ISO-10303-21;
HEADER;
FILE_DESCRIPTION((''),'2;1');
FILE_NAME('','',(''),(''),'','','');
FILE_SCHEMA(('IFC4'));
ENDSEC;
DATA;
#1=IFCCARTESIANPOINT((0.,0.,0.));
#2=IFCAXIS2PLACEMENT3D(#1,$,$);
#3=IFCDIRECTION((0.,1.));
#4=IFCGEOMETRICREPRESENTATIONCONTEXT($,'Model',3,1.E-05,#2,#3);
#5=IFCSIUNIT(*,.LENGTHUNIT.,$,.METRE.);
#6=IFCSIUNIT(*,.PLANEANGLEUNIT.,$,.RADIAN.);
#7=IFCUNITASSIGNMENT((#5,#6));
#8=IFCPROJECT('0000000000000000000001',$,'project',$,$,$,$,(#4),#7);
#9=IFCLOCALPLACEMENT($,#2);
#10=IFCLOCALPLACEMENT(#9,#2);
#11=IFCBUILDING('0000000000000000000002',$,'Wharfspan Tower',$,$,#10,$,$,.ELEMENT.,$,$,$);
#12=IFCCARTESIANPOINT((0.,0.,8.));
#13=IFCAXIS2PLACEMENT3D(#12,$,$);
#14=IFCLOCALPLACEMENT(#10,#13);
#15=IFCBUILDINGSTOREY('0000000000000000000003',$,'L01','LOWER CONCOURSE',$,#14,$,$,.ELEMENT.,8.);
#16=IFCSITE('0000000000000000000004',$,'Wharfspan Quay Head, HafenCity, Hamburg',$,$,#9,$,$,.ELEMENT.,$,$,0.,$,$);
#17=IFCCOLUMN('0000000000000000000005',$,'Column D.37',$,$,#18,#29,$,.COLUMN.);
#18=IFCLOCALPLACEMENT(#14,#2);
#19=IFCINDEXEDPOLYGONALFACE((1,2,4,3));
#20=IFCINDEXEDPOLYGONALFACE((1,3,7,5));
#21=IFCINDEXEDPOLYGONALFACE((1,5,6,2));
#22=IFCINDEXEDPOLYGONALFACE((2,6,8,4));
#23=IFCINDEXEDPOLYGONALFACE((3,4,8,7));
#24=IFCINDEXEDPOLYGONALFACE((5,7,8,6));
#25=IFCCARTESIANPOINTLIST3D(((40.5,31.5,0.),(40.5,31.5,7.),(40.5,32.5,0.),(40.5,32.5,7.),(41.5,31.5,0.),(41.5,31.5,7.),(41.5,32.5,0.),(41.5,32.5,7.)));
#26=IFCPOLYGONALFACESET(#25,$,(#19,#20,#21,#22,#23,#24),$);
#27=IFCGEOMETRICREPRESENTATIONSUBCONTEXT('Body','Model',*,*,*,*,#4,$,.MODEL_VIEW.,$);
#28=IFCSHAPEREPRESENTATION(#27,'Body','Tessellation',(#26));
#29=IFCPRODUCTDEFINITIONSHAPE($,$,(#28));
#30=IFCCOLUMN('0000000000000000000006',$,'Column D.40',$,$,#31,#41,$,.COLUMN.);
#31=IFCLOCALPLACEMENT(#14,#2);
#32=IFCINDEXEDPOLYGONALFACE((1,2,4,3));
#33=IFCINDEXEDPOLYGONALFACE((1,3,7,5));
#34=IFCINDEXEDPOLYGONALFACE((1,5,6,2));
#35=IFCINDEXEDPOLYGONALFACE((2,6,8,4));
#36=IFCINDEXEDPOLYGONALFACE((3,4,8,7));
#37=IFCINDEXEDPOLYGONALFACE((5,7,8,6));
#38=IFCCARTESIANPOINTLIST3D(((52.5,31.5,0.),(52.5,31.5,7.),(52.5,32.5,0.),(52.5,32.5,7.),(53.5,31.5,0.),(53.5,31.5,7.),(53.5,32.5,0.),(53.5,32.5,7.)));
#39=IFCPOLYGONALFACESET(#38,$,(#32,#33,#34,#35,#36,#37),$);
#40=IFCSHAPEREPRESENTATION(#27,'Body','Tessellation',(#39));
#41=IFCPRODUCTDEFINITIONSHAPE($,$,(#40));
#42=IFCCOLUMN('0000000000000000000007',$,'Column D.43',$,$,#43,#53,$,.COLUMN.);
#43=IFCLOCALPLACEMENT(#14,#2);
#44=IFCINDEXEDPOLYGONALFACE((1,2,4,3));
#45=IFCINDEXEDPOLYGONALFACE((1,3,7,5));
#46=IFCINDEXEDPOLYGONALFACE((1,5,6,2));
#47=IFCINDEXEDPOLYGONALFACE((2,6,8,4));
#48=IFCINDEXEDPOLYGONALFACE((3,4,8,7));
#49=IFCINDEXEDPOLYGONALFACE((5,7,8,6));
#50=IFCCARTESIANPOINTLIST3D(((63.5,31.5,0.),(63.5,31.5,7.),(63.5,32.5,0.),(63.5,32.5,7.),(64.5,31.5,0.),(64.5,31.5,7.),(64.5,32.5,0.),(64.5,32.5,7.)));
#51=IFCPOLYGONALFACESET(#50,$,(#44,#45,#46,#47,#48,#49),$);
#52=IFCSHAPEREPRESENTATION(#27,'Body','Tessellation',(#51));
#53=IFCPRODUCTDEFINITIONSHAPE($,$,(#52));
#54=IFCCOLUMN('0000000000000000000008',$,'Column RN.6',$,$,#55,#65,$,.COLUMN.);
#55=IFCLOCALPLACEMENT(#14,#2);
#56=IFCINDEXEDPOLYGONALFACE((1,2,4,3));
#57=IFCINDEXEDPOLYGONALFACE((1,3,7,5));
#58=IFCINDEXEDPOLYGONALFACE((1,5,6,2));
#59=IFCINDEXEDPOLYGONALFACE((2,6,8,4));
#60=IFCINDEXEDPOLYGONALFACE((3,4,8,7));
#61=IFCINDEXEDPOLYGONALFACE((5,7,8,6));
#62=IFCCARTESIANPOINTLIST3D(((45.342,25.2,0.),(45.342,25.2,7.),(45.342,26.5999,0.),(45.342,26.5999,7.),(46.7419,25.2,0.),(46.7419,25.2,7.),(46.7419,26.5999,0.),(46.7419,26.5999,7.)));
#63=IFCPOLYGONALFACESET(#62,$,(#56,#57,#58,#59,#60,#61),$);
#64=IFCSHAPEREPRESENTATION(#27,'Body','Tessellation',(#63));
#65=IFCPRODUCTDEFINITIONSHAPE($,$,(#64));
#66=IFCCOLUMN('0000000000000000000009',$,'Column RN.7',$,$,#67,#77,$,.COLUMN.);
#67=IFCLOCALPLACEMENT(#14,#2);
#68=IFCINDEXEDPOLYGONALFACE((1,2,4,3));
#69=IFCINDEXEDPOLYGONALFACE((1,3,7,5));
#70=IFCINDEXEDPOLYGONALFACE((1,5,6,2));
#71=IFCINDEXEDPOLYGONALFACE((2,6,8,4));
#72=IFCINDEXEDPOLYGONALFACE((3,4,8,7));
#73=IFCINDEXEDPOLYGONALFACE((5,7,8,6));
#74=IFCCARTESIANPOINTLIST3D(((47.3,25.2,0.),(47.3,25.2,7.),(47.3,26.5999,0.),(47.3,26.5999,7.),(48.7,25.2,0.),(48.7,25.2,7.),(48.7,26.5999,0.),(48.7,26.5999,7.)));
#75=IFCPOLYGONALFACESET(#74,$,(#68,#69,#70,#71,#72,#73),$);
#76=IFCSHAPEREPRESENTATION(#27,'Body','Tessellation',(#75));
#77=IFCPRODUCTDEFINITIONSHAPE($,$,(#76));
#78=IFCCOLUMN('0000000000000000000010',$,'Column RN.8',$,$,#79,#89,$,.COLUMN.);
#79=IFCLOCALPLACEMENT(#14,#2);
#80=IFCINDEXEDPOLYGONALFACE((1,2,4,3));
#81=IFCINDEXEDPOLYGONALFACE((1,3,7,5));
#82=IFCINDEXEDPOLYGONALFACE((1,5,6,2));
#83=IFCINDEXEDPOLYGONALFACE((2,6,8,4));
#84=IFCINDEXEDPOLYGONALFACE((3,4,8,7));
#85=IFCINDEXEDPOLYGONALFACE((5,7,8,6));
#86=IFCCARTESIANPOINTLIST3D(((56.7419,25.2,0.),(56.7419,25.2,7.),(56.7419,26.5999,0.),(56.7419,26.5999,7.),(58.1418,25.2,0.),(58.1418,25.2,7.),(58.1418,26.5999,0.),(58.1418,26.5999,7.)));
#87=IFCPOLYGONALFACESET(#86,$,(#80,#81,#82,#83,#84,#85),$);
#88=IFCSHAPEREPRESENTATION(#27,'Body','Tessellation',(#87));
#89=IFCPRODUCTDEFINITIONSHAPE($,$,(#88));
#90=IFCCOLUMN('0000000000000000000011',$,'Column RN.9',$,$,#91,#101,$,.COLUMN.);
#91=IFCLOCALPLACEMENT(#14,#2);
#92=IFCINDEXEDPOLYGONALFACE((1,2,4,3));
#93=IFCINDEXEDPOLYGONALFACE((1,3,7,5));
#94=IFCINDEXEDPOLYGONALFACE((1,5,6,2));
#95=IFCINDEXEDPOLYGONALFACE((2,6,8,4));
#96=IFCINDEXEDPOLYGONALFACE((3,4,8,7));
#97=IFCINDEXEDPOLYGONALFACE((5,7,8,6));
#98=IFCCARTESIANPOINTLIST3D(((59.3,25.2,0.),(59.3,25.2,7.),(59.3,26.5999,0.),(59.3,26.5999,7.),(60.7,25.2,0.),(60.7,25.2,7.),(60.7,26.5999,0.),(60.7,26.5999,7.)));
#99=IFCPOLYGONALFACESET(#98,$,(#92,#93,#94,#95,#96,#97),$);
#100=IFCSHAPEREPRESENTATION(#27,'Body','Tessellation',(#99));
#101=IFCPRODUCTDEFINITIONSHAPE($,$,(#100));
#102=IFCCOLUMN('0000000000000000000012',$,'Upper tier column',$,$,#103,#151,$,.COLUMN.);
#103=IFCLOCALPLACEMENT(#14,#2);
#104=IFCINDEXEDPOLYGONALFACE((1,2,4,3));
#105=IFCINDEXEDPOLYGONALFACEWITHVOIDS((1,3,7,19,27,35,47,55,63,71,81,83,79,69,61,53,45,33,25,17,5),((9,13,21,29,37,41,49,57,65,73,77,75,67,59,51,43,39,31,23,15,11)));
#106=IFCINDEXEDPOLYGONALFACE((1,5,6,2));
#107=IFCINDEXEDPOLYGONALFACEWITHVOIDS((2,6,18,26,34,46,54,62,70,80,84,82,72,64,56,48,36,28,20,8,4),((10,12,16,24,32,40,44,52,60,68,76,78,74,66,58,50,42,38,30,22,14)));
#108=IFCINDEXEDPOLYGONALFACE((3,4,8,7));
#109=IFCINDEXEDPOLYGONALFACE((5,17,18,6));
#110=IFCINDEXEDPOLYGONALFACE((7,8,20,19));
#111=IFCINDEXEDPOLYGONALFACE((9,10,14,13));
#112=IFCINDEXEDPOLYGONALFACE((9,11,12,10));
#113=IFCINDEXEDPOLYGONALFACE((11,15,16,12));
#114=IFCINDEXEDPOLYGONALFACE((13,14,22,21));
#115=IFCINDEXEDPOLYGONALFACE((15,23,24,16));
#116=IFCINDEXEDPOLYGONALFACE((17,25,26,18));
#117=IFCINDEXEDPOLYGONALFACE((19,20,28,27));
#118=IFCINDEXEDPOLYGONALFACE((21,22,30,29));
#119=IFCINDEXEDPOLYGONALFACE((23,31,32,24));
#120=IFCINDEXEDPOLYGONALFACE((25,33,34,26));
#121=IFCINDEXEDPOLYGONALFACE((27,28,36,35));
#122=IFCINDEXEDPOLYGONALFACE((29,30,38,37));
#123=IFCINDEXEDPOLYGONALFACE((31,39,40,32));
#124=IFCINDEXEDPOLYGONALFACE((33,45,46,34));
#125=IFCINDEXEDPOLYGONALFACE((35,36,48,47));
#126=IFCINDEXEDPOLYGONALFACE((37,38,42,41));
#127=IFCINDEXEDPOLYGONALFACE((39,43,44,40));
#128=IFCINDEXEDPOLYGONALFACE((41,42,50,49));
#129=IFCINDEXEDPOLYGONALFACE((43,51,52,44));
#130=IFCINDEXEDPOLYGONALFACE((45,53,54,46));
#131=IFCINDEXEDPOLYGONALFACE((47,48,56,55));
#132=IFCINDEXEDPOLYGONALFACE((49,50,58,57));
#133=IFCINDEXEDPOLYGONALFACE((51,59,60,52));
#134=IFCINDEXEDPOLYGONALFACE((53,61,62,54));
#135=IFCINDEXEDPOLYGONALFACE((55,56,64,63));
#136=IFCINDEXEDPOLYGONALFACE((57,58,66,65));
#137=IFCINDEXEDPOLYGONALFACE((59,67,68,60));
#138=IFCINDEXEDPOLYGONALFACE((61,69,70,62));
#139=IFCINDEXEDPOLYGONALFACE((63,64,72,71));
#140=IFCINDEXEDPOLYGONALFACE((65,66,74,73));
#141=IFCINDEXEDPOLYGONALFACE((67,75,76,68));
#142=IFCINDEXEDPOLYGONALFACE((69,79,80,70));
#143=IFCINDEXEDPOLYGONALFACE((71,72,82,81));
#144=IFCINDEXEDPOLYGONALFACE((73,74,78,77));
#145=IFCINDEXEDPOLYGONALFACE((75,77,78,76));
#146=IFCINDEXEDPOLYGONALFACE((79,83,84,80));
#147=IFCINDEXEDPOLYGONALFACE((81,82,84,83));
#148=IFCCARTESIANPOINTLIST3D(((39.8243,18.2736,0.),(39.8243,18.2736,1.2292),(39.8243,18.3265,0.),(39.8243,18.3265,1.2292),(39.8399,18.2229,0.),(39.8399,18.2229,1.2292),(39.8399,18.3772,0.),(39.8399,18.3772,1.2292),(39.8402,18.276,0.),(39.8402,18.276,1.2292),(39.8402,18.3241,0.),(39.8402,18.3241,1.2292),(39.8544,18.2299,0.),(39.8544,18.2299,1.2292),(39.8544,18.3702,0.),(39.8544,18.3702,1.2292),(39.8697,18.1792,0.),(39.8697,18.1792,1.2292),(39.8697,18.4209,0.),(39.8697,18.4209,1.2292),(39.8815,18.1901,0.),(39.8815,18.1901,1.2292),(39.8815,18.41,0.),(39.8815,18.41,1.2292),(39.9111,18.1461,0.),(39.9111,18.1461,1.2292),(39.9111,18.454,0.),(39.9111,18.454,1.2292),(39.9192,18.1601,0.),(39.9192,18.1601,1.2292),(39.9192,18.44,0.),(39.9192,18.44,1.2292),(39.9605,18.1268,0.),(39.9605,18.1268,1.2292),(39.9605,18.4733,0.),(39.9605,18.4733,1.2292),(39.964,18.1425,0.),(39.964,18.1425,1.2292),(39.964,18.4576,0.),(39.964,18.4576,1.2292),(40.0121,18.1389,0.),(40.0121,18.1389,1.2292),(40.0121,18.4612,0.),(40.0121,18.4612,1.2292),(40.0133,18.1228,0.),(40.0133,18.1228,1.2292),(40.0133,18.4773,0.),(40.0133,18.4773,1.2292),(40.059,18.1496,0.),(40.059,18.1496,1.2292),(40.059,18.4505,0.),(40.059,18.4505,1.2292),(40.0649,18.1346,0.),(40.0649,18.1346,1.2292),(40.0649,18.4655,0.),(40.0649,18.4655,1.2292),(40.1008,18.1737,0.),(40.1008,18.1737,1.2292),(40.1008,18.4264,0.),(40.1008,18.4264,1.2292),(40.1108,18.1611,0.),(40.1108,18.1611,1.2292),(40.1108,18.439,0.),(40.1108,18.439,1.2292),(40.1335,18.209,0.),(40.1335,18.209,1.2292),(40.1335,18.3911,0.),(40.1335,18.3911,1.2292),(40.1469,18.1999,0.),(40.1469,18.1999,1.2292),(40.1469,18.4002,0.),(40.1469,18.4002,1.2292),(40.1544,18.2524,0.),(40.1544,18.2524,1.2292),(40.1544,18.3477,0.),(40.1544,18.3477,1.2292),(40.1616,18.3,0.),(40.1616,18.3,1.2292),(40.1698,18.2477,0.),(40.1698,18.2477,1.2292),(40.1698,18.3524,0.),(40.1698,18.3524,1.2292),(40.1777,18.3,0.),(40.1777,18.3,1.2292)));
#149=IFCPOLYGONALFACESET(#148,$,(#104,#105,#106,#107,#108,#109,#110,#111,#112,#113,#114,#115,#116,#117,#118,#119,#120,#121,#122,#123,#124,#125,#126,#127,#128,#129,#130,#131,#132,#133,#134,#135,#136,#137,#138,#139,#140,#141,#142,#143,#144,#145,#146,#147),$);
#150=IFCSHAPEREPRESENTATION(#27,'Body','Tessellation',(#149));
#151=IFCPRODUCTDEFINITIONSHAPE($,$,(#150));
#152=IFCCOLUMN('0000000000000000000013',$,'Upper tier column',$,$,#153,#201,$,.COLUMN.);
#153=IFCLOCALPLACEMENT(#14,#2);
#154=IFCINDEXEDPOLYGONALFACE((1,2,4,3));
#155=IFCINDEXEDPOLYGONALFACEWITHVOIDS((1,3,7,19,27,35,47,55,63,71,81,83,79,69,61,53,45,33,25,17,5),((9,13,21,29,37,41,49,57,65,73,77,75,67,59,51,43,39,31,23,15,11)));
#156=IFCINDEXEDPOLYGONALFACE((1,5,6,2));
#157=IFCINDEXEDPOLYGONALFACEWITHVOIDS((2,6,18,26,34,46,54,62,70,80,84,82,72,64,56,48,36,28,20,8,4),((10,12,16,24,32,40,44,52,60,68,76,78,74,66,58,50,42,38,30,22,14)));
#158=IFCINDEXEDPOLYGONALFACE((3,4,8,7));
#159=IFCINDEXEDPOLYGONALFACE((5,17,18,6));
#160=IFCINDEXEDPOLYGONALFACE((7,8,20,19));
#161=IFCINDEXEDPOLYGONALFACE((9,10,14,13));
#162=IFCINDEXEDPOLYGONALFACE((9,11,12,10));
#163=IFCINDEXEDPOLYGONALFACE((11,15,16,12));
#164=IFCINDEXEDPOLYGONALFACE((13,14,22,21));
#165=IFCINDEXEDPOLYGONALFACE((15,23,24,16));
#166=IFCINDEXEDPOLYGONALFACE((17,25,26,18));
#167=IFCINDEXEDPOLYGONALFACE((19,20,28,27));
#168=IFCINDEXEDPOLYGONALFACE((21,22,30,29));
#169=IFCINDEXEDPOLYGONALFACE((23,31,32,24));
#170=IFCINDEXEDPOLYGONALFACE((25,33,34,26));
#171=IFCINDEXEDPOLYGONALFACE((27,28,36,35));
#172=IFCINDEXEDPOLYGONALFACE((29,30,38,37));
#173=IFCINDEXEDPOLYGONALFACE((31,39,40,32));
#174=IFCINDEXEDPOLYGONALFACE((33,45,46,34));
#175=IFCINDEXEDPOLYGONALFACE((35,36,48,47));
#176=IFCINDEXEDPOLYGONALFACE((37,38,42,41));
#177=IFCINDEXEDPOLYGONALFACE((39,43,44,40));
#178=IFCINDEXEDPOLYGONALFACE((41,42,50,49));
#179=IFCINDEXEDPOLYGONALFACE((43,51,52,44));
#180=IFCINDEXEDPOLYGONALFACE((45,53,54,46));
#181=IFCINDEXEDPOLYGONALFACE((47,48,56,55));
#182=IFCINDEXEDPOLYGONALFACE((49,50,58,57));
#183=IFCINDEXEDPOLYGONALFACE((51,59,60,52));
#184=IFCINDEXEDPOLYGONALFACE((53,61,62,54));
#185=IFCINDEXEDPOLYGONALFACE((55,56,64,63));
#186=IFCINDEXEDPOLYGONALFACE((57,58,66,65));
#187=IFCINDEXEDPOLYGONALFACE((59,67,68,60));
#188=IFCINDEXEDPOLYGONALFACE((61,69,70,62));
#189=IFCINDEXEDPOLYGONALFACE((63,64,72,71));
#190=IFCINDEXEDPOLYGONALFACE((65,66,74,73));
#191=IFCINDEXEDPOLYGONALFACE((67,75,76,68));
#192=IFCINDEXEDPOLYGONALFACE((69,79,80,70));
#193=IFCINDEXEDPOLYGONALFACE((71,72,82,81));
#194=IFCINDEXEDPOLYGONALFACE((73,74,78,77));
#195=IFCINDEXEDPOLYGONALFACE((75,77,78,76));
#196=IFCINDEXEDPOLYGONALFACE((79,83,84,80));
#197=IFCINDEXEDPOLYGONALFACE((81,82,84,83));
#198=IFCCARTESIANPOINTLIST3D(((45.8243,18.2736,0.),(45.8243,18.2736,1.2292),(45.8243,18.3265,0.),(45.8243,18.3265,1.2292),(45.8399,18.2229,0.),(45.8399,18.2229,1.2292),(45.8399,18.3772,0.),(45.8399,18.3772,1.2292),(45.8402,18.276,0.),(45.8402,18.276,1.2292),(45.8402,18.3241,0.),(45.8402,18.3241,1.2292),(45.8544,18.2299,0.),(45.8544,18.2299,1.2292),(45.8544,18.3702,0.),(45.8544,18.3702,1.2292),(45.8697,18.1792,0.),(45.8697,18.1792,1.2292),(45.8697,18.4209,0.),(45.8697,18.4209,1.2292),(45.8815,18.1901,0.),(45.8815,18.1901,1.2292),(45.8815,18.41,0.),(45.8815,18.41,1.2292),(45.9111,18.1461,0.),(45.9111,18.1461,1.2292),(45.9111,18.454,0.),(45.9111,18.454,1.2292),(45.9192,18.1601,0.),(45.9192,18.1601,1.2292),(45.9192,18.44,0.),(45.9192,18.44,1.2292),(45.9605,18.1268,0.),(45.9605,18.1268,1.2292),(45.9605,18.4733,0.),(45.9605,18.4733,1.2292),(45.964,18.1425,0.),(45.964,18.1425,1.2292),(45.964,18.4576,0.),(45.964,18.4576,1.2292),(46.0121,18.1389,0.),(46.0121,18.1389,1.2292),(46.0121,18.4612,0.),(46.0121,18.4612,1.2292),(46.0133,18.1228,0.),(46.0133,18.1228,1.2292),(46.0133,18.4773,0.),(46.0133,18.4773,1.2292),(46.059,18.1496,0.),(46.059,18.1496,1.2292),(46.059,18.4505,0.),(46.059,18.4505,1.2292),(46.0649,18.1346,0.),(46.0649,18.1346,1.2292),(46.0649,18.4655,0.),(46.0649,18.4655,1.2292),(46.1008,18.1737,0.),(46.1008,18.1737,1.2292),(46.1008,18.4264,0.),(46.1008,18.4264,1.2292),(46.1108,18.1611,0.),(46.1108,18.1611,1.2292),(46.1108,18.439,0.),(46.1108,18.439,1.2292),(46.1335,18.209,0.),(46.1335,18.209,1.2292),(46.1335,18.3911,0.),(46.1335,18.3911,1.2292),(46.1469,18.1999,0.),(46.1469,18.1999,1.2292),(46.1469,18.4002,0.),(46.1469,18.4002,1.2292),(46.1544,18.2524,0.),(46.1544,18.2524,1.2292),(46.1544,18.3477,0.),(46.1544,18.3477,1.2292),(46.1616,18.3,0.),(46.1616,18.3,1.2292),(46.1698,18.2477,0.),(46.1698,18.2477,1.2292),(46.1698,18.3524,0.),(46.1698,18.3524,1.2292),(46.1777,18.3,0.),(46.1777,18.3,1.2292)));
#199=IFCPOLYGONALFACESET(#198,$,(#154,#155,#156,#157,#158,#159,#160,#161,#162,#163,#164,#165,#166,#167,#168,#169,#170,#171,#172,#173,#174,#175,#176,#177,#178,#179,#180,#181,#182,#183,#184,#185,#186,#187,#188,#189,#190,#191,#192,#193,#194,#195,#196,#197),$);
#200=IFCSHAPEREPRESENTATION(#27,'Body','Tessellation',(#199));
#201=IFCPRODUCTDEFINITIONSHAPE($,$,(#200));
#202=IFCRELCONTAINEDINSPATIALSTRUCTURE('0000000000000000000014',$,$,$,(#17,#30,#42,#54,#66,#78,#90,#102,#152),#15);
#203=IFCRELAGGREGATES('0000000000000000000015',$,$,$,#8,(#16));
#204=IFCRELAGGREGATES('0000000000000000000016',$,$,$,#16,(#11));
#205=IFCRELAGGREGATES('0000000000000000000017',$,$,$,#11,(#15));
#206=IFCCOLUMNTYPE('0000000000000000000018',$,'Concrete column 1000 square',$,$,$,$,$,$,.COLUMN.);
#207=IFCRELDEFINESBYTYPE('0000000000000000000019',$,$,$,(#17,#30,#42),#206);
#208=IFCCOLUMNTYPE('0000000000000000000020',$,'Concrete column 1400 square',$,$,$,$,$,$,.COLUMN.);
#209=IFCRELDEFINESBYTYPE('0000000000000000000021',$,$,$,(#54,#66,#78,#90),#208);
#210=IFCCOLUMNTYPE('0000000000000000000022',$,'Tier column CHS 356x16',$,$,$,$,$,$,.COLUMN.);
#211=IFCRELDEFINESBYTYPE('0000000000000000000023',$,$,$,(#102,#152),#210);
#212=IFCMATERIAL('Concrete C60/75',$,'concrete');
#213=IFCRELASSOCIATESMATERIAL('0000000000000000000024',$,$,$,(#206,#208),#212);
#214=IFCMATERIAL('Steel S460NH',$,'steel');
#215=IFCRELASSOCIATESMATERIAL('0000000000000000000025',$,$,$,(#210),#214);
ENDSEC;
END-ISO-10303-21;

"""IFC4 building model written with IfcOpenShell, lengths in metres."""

from ifc_helpers import new_model, si_unit, direction, frame, origin, origin_2d, place, context, subcontext, project, spatial, rectangle, hollow_circle, extrude, material, material_profile, profile_set, type_object, element, save


model = new_model("IFC4")

# Units and contexts
model_context = context("Model", 3, precision=1e-05, world=origin(), true_north=direction((0.0, 1.0)))
body_context = subcontext(model_context, "Body", "Model", "MODEL_VIEW")
ifc_project = project(units=[si_unit("LENGTHUNIT", "METRE"), si_unit("PLANEANGLEUNIT", "RADIAN")], contexts=[model_context])

# Site, building, storey
site_placement = place(None, origin())
site = spatial("IfcSite", under=ifc_project, at=site_placement, Name="Wharfspan Quay Head, HafenCity, Hamburg", CompositionType="ELEMENT", RefElevation=0.0)
building_placement = place(site_placement, origin())
building = spatial("IfcBuilding", under=site, at=building_placement, Name="Wharfspan Tower", CompositionType="ELEMENT")
storey_placement = place(building_placement, frame((0.0, 0.0, 8.0)))
storey = spatial("IfcBuildingStorey", under=building, at=storey_placement, Name="L01", Description="LOWER CONCOURSE", CompositionType="ELEMENT", Elevation=8.0)

# Columns
ifc_material_1 = material(Name="Concrete C60/75", Category="concrete")
ifc_material_profile_1 = material_profile(ifc_material_1, rectangle(XDim=1.0, YDim=1.0, at=origin_2d()))
ifc_profile_set_1 = profile_set([ifc_material_profile_1], Name="Concrete C60/75")
column_type_1 = type_object("IfcColumnType", Name="Concrete column 1000 square", PredefinedType="COLUMN", material=ifc_profile_set_1)
for number, where, z_axis, x_axis, name in (
    (1, (41.0, 32.0, 0.0), (0.0, 0.0, 1.0), (1.0, 0.0, 0.0), "Column D.37"),
    (2, (53.0, 32.0, 0.0), (0.0, 0.0, 1.0), (1.0, 0.0, 0.0), "Column D.40"),
    (3, (64.0, 32.0, 0.0), (0.0, 0.0, 1.0), (1.0, 0.0, 0.0), "Column D.43"),
):
    element("IfcColumn", number, at=place(storey_placement, frame(where, z_axis=z_axis, x_axis=x_axis)), inside=storey, type_object=column_type_1, Name=name, PredefinedType="COLUMN", context=body_context, shape_type="SweptSolid", body=[
        extrude(rectangle(XDim=1.0, YDim=1.0, at=origin_2d()), origin(), (0.0, 0.0, 1.0), 7.0),
    ])
ifc_material_profile_2 = material_profile(ifc_material_1, rectangle(XDim=1.3999, YDim=1.3999, at=origin_2d()))
ifc_profile_set_2 = profile_set([ifc_material_profile_2], Name="Concrete C60/75")
column_type_2 = type_object("IfcColumnType", Name="Concrete column 1400 square", PredefinedType="COLUMN", material=ifc_profile_set_2)
for number, where, z_axis, x_axis, name in (
    (4, (46.042, 25.8999, 0.0), (0.0, 0.0, 1.0), (1.0, 0.0, 0.0), "Column RN.6"),
    (5, (48.0, 25.8999, 0.0), (0.0, 0.0, 1.0), (1.0, 0.0, 0.0), "Column RN.7"),
    (6, (57.4419, 25.8999, 0.0), (0.0, 0.0, 1.0), (1.0, 0.0, 0.0), "Column RN.8"),
    (7, (60.0, 25.8999, 0.0), (0.0, 0.0, 1.0), (1.0, 0.0, 0.0), "Column RN.9"),
):
    element("IfcColumn", number, at=place(storey_placement, frame(where, z_axis=z_axis, x_axis=x_axis)), inside=storey, type_object=column_type_2, Name=name, PredefinedType="COLUMN", context=body_context, shape_type="SweptSolid", body=[
        extrude(rectangle(XDim=1.3999, YDim=1.3999, at=origin_2d()), origin(), (0.0, 0.0, 1.0), 7.0),
    ])
ifc_material_2 = material(Name="Steel S460NH", Category="steel")
ifc_material_profile_3 = material_profile(ifc_material_2, hollow_circle(Radius=0.1777, WallThickness=0.0161, at=origin_2d()))
ifc_profile_set_3 = profile_set([ifc_material_profile_3], Name="Steel S460NH")
column_type_3 = type_object("IfcColumnType", Name="Tier column CHS 356x16", PredefinedType="COLUMN", material=ifc_profile_set_3)
for number, where, z_axis, x_axis, name in (
    (8, (40.0, 18.3, 0.0), (0.0, 0.0, 1.0), (1.0, 0.0, 0.0), "Upper tier column"),
    (9, (46.0, 18.3, 0.0), (0.0, 0.0, 1.0), (1.0, 0.0, 0.0), "Upper tier column"),
):
    element("IfcColumn", number, at=place(storey_placement, frame(where, z_axis=z_axis, x_axis=x_axis)), inside=storey, type_object=column_type_3, Name=name, PredefinedType="COLUMN", context=body_context, shape_type="SweptSolid", body=[
        extrude(hollow_circle(Radius=0.1777, WallThickness=0.0161, at=origin_2d()), origin(), (0.0, 0.0, 1.0), 1.2292),
    ])

save(model, "model.ifc")
